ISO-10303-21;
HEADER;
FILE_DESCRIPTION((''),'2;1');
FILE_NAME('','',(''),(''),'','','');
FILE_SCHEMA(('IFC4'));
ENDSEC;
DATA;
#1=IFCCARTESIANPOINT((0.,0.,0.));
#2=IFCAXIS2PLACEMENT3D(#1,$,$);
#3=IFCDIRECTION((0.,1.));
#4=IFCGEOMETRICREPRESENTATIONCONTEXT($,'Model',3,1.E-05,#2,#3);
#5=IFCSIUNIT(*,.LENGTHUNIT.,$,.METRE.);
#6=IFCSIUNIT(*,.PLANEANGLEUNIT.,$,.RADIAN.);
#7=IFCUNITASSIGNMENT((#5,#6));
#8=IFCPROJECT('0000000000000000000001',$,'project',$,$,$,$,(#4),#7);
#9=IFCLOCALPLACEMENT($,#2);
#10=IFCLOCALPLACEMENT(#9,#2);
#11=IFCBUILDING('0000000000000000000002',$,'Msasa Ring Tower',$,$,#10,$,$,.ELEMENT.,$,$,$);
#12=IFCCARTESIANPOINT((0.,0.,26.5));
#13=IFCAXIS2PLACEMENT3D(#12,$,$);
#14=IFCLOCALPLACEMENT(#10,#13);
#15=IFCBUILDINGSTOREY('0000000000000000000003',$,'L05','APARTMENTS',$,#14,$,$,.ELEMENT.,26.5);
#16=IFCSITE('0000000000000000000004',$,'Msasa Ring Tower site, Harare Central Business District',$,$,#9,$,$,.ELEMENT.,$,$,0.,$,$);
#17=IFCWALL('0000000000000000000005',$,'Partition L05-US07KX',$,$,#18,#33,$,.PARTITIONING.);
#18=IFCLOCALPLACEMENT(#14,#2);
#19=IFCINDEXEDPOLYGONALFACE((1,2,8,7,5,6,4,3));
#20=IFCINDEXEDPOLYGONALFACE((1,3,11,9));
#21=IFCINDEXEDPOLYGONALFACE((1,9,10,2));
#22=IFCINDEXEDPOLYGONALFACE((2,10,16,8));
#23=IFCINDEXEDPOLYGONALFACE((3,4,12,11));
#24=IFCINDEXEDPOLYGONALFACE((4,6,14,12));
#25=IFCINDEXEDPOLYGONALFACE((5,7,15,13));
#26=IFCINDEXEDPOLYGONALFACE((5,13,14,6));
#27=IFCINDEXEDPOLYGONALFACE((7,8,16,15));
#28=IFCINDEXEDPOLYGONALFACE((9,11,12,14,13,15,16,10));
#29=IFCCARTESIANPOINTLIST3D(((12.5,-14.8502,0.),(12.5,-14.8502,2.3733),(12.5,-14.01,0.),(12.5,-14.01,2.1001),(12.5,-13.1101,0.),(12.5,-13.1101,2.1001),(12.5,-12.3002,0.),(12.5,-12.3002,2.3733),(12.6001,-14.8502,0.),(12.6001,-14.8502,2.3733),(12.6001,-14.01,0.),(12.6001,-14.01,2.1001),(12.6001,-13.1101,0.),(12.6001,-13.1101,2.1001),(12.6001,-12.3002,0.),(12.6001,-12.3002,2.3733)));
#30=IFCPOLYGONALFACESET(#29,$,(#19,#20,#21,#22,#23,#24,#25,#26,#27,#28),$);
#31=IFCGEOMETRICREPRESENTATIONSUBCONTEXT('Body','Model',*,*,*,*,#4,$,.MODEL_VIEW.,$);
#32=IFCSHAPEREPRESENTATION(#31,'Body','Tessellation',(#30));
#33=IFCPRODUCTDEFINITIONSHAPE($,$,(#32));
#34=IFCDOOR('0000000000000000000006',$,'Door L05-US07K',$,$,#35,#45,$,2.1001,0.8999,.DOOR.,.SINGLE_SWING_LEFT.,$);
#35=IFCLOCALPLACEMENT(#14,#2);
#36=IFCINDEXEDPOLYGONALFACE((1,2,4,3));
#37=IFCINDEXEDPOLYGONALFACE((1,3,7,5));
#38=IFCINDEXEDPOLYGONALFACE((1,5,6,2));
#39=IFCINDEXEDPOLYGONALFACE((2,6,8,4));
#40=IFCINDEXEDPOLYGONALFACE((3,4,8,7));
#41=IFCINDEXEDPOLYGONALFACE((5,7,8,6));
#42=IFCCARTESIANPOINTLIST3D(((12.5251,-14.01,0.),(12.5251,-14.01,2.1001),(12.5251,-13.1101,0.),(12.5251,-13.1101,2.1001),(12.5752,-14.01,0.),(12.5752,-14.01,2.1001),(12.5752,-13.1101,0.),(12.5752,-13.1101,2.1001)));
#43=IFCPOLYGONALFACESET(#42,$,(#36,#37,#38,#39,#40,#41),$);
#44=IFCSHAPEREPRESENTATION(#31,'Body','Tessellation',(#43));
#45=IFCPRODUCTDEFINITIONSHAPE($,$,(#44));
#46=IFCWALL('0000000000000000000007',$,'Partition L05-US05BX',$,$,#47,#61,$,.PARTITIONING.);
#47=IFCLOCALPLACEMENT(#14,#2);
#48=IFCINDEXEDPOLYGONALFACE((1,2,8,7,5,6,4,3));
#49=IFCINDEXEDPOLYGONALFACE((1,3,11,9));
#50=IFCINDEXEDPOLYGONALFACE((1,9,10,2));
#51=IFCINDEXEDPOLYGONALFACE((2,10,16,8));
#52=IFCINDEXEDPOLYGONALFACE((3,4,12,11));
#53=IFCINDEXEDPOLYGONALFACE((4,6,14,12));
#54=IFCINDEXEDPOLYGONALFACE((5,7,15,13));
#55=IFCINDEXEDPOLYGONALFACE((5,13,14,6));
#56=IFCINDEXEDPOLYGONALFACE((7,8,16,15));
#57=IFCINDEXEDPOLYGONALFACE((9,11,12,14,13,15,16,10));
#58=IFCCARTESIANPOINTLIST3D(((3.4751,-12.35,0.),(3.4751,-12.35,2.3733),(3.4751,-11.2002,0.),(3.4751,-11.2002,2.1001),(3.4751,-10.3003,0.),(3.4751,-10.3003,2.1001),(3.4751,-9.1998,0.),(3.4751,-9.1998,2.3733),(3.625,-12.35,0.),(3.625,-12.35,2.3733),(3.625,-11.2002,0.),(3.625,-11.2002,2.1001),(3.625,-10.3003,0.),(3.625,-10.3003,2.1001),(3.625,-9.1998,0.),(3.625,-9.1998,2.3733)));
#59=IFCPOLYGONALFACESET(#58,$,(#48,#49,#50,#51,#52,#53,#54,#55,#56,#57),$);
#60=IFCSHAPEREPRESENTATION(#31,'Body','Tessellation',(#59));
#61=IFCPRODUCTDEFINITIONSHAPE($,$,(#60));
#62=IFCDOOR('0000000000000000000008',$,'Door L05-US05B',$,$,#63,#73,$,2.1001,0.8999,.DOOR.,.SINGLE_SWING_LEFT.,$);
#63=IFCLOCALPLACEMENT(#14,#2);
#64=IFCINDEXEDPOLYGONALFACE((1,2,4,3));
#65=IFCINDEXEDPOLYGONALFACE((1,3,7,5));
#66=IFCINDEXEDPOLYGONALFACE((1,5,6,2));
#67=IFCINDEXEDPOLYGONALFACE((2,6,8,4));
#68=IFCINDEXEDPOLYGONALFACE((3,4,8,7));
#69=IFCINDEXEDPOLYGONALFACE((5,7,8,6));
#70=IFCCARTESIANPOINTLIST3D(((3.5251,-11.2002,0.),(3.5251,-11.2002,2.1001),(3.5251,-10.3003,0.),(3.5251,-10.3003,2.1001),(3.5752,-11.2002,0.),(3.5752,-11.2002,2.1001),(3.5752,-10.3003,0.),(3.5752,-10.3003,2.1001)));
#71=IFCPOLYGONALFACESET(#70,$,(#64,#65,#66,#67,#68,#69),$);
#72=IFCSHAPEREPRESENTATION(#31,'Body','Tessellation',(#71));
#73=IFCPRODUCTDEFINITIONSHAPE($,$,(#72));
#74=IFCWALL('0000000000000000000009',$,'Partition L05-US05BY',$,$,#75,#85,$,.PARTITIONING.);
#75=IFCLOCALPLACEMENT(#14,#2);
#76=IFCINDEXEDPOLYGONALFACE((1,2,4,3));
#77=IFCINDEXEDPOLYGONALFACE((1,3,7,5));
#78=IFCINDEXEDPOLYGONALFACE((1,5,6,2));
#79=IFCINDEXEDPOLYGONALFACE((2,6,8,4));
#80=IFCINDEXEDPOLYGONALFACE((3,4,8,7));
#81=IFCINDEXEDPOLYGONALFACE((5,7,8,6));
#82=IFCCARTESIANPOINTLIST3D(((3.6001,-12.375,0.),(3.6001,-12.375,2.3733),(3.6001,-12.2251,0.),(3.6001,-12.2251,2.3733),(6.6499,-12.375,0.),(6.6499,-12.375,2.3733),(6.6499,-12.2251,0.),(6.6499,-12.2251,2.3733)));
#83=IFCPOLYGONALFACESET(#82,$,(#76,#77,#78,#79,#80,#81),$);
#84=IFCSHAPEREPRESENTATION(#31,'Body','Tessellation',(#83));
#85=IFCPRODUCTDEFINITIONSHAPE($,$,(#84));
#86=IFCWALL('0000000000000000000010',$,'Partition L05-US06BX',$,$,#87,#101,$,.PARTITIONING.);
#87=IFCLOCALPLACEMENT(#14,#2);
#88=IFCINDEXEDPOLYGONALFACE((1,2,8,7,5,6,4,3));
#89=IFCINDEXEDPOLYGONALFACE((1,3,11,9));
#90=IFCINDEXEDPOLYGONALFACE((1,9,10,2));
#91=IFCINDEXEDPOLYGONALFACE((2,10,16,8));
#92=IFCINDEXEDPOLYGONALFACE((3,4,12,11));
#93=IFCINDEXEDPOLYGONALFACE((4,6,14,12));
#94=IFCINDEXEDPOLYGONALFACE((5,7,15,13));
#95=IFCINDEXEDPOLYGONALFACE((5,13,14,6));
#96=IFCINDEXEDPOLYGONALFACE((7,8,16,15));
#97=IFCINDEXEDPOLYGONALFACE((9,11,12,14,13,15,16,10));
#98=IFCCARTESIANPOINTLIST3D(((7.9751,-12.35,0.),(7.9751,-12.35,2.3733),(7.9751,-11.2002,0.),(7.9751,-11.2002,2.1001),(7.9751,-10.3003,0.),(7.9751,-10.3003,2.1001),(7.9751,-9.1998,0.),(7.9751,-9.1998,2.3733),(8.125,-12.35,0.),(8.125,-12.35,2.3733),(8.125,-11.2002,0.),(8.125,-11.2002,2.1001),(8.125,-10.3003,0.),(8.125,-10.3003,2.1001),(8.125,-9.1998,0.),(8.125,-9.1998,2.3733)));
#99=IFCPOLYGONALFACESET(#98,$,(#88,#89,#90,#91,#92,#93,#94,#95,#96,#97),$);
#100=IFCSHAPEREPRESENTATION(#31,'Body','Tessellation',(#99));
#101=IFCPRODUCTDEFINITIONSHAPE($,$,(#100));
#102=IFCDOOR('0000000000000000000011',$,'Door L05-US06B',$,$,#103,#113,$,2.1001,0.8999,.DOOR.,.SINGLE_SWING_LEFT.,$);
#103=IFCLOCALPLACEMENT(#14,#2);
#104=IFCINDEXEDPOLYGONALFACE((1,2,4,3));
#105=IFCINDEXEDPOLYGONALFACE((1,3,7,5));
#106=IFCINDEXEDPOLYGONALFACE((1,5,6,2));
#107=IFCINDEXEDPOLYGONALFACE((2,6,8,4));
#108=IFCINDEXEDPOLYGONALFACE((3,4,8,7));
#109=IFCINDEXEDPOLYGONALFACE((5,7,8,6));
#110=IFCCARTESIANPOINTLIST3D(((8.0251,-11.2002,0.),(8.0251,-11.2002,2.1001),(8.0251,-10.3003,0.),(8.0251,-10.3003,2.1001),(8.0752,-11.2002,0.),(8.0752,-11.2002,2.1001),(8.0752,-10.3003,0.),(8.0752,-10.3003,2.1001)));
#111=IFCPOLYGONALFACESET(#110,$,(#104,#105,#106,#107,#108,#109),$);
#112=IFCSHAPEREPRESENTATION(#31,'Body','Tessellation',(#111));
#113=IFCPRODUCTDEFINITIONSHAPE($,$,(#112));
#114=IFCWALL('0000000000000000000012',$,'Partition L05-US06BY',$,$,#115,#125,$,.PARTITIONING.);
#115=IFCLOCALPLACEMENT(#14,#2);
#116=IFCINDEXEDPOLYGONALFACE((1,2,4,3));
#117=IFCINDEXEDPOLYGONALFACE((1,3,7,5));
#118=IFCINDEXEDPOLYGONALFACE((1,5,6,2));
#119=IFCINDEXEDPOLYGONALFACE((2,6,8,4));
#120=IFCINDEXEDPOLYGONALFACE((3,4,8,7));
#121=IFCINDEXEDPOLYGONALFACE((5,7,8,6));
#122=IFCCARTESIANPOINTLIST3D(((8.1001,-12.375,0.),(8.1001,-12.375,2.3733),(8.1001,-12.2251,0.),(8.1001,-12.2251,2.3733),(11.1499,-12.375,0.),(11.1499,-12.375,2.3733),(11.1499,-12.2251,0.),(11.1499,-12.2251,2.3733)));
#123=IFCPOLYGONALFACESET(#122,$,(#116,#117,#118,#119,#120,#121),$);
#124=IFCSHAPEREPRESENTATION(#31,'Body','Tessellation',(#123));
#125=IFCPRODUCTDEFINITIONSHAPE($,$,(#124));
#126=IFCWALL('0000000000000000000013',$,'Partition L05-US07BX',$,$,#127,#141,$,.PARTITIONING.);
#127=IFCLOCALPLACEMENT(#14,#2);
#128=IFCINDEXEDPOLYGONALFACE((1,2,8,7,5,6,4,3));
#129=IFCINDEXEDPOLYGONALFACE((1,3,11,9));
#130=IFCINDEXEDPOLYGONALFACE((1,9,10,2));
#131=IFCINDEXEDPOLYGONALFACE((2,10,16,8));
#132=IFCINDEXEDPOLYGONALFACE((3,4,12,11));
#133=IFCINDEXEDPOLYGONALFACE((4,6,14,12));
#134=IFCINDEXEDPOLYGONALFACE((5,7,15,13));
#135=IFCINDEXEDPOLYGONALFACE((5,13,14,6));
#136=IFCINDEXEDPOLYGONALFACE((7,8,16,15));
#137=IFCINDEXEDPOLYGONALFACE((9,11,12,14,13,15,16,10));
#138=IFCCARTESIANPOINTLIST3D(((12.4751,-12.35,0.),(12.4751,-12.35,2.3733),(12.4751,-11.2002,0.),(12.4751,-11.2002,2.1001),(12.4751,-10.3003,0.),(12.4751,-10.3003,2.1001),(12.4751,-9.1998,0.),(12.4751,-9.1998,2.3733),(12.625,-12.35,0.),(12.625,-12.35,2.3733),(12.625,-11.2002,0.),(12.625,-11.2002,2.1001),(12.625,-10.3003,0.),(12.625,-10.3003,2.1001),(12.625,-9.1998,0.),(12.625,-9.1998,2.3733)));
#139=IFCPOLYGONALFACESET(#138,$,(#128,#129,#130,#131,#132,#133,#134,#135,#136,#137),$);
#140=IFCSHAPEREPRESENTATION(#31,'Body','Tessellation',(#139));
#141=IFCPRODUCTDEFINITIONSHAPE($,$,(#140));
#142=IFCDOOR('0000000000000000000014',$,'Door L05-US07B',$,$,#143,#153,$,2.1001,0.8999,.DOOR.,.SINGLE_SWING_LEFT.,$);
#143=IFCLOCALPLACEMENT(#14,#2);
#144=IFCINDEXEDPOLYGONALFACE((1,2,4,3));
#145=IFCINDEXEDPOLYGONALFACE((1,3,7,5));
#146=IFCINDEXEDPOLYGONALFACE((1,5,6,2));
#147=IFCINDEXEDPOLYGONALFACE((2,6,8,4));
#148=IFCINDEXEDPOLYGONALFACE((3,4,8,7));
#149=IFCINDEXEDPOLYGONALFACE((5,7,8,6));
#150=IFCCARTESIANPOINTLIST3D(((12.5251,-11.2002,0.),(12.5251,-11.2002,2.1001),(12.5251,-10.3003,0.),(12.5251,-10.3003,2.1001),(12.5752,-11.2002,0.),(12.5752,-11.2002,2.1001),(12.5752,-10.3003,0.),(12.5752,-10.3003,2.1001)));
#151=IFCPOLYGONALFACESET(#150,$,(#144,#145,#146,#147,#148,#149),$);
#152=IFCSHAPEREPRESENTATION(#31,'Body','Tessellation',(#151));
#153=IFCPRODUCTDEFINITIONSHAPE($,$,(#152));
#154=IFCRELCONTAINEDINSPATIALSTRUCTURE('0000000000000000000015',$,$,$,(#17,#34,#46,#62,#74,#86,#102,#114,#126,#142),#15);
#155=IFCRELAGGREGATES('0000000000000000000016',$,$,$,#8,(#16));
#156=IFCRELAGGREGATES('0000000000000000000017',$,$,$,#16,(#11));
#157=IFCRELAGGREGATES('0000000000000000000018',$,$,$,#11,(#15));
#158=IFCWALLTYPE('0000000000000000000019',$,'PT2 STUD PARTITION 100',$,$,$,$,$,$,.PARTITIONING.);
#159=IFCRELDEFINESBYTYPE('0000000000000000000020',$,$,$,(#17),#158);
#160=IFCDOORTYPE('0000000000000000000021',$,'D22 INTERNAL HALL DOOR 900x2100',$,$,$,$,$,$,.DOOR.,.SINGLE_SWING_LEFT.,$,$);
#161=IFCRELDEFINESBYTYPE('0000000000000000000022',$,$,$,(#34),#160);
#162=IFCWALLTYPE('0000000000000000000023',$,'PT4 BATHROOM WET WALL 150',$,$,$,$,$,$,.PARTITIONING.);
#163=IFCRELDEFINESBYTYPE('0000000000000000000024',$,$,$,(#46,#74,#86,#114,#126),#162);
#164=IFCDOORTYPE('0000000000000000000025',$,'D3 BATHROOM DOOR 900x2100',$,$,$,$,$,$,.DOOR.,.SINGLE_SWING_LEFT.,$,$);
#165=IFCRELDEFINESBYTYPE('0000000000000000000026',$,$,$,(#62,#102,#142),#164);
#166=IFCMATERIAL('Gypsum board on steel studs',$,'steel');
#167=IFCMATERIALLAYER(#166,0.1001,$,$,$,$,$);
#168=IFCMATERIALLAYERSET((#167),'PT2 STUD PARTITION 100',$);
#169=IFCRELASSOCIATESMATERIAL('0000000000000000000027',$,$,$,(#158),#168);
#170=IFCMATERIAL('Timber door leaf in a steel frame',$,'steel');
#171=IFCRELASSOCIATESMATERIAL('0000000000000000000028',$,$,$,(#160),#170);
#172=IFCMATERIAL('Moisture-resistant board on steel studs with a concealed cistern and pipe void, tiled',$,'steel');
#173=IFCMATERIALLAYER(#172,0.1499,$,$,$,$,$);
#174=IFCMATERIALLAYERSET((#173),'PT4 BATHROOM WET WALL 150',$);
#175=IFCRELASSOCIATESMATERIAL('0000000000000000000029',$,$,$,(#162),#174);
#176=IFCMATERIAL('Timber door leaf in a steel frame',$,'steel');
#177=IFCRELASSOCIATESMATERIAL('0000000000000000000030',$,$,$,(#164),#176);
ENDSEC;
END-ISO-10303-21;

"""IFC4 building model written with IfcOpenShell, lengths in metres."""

from ifc_helpers import new_model, si_unit, direction, frame, frame_2d, origin, place, context, subcontext, project, spatial, rectangle, extrude, material, layer, layer_set, type_object, element, fill, save


model = new_model("IFC4")

# Units and contexts
model_context = context("Model", 3, precision=1e-05, world=origin(), true_north=direction((0.0, 1.0)))
body_context = subcontext(model_context, "Body", "Model", "MODEL_VIEW")
ifc_project = project(units=[si_unit("LENGTHUNIT", "METRE"), si_unit("PLANEANGLEUNIT", "RADIAN")], contexts=[model_context])

# Site, building, storey
site_placement = place(None, origin())
site = spatial("IfcSite", under=ifc_project, at=site_placement, Name="Msasa Ring Tower site, Harare Central Business District", CompositionType="ELEMENT", RefElevation=0.0)
building_placement = place(site_placement, origin())
building = spatial("IfcBuilding", under=site, at=building_placement, Name="Msasa Ring Tower", CompositionType="ELEMENT")
storey_placement = place(building_placement, frame((0.0, 0.0, 26.5)))
storey = spatial("IfcBuildingStorey", under=building, at=storey_placement, Name="L05", Description="APARTMENTS", CompositionType="ELEMENT", Elevation=26.5)

# Shared definitions
ifc_material_1 = material(Name="Gypsum board on steel studs", Category="steel")
ifc_layer_1 = layer(ifc_material_1, 0.1001)
ifc_layer_set_1 = layer_set([ifc_layer_1], Name="PT2 STUD PARTITION 100")
wall_type_1 = type_object("IfcWallType", Name="PT2 STUD PARTITION 100", PredefinedType="PARTITIONING", material=ifc_layer_set_1)

# Shared definitions
ifc_material_2 = material(Name="Timber door leaf in a steel frame", Category="steel")
door_type_1 = type_object("IfcDoorType", Name="D22 INTERNAL HALL DOOR 900x2100", OperationType="SINGLE_SWING_LEFT", PredefinedType="DOOR", material=ifc_material_2)

# Walls, openings, doors
wall_1_placement = place(storey_placement, frame((12.55, -14.8501, 0.0), z_axis=(0.0, 0.0, 1.0), x_axis=(0.0, 1.0, 0.0)))
wall_1 = element("IfcWall", 1, at=wall_1_placement, inside=storey, type_object=wall_type_1, Name="Partition L05-US07KX", PredefinedType="PARTITIONING", context=body_context, shape_type="SweptSolid", body=[
    extrude(rectangle(XDim=2.55, YDim=0.1001, at=frame_2d((1.2749, 0.0))), origin(), (0.0, 0.0, 1.0), 2.3733),
])
opening_1_placement = place(wall_1_placement, frame((0.8401, 0.0, 0.0)))
opening_1 = element("IfcOpeningElement", 2, at=opening_1_placement, cuts=wall_1, PredefinedType="OPENING", context=body_context, shape_type="SweptSolid", body=[
    extrude(rectangle(XDim=0.8999, YDim=2.1001, at=frame_2d((0.45, 1.05))), frame((0.0, 0.0601, 0.0), z_axis=(0.0, -1.0, 0.0), x_axis=(1.0, 0.0, 0.0)), (0.0, 0.0, 1.0), 0.1201),
])
door_1_placement = place(opening_1_placement, origin())
door_1 = element("IfcDoor", 3, at=door_1_placement, inside=storey, type_object=door_type_1, Name="Door L05-US07K", OperationType="SINGLE_SWING_LEFT", OverallHeight=2.1001, OverallWidth=0.8999, PredefinedType="DOOR", context=body_context, shape_type="SweptSolid", body=[
    extrude(rectangle(XDim=0.8999, YDim=2.1001, at=frame_2d((0.45, 1.05))), frame((0.0, 0.0249, 0.0), z_axis=(0.0, -1.0, 0.0), x_axis=(1.0, 0.0, 0.0)), (0.0, 0.0, 1.0), 0.05),
])
fill(opening_1, door_1)
ifc_material_3 = material(Name="Moisture-resistant board on steel studs with a concealed cistern and pipe void, tiled", Category="steel")
ifc_layer_2 = layer(ifc_material_3, 0.1499)
ifc_layer_set_2 = layer_set([ifc_layer_2], Name="PT4 BATHROOM WET WALL 150")
wall_type_2 = type_object("IfcWallType", Name="PT4 BATHROOM WET WALL 150", PredefinedType="PARTITIONING", material=ifc_layer_set_2)
wall_2_placement = place(storey_placement, frame((3.55, -12.3501, 0.0), z_axis=(0.0, 0.0, 1.0), x_axis=(0.0, 1.0, 0.0)))
wall_2 = element("IfcWall", 4, at=wall_2_placement, inside=storey, type_object=wall_type_2, Name="Partition L05-US05BX", PredefinedType="PARTITIONING", context=body_context, shape_type="SweptSolid", body=[
    extrude(rectangle(XDim=3.1501, YDim=0.1499, at=frame_2d((1.5752, 0.0))), origin(), (0.0, 0.0, 1.0), 2.3733),
])
opening_2_placement = place(wall_2_placement, frame((1.1499, 0.0, 0.0)))
opening_2 = element("IfcOpeningElement", 5, at=opening_2_placement, cuts=wall_2, PredefinedType="OPENING", context=body_context, shape_type="SweptSolid", body=[
    extrude(rectangle(XDim=0.8999, YDim=2.1001, at=frame_2d((0.45, 1.05))), frame((0.0, 0.085, 0.0), z_axis=(0.0, -1.0, 0.0), x_axis=(1.0, 0.0, 0.0)), (0.0, 0.0, 1.0), 0.1699),
])
ifc_material_4 = material(Name="Timber door leaf in a steel frame", Category="steel")
door_type_2 = type_object("IfcDoorType", Name="D3 BATHROOM DOOR 900x2100", OperationType="SINGLE_SWING_LEFT", PredefinedType="DOOR", material=ifc_material_4)
door_2_placement = place(opening_2_placement, origin())
door_2 = element("IfcDoor", 6, at=door_2_placement, inside=storey, type_object=door_type_2, Name="Door L05-US05B", OperationType="SINGLE_SWING_LEFT", OverallHeight=2.1001, OverallWidth=0.8999, PredefinedType="DOOR", context=body_context, shape_type="SweptSolid", body=[
    extrude(rectangle(XDim=0.8999, YDim=2.1001, at=frame_2d((0.45, 1.05))), frame((0.0, 0.0249, 0.0), z_axis=(0.0, -1.0, 0.0), x_axis=(1.0, 0.0, 0.0)), (0.0, 0.0, 1.0), 0.05),
])
fill(opening_2, door_2)

# Wall
wall_3_placement = place(storey_placement, frame((3.6001, -12.3, 0.0), z_axis=(0.0, 0.0, 1.0), x_axis=(1.0, 0.0, 0.0)))
element("IfcWall", 7, at=wall_3_placement, inside=storey, type_object=wall_type_2, Name="Partition L05-US05BY", PredefinedType="PARTITIONING", context=body_context, shape_type="SweptSolid", body=[
    extrude(rectangle(XDim=3.0498, YDim=0.1499, at=frame_2d((1.5249, 0.0))), origin(), (0.0, 0.0, 1.0), 2.3733),
])

# Wall, opening, door
wall_4_placement = place(storey_placement, frame((8.05, -12.3501, 0.0), z_axis=(0.0, 0.0, 1.0), x_axis=(0.0, 1.0, 0.0)))
wall_4 = element("IfcWall", 8, at=wall_4_placement, inside=storey, type_object=wall_type_2, Name="Partition L05-US06BX", PredefinedType="PARTITIONING", context=body_context, shape_type="SweptSolid", body=[
    extrude(rectangle(XDim=3.1501, YDim=0.1499, at=frame_2d((1.5752, 0.0))), origin(), (0.0, 0.0, 1.0), 2.3733),
])
opening_3_placement = place(wall_4_placement, frame((1.1499, 0.0, 0.0)))
opening_3 = element("IfcOpeningElement", 9, at=opening_3_placement, cuts=wall_4, PredefinedType="OPENING", context=body_context, shape_type="SweptSolid", body=[
    extrude(rectangle(XDim=0.8999, YDim=2.1001, at=frame_2d((0.45, 1.05))), frame((0.0, 0.085, 0.0), z_axis=(0.0, -1.0, 0.0), x_axis=(1.0, 0.0, 0.0)), (0.0, 0.0, 1.0), 0.1699),
])
door_3_placement = place(opening_3_placement, origin())
door_3 = element("IfcDoor", 10, at=door_3_placement, inside=storey, type_object=door_type_2, Name="Door L05-US06B", OperationType="SINGLE_SWING_LEFT", OverallHeight=2.1001, OverallWidth=0.8999, PredefinedType="DOOR", context=body_context, shape_type="SweptSolid", body=[
    extrude(rectangle(XDim=0.8999, YDim=2.1001, at=frame_2d((0.45, 1.05))), frame((0.0, 0.0249, 0.0), z_axis=(0.0, -1.0, 0.0), x_axis=(1.0, 0.0, 0.0)), (0.0, 0.0, 1.0), 0.05),
])
fill(opening_3, door_3)

# Wall
wall_5_placement = place(storey_placement, frame((8.1001, -12.3, 0.0), z_axis=(0.0, 0.0, 1.0), x_axis=(1.0, 0.0, 0.0)))
element("IfcWall", 11, at=wall_5_placement, inside=storey, type_object=wall_type_2, Name="Partition L05-US06BY", PredefinedType="PARTITIONING", context=body_context, shape_type="SweptSolid", body=[
    extrude(rectangle(XDim=3.0498, YDim=0.1499, at=frame_2d((1.5249, 0.0))), origin(), (0.0, 0.0, 1.0), 2.3733),
])

# Wall, opening, door
wall_6_placement = place(storey_placement, frame((12.55, -12.3501, 0.0), z_axis=(0.0, 0.0, 1.0), x_axis=(0.0, 1.0, 0.0)))
wall_6 = element("IfcWall", 12, at=wall_6_placement, inside=storey, type_object=wall_type_2, Name="Partition L05-US07BX", PredefinedType="PARTITIONING", context=body_context, shape_type="SweptSolid", body=[
    extrude(rectangle(XDim=3.1501, YDim=0.1499, at=frame_2d((1.5752, 0.0))), origin(), (0.0, 0.0, 1.0), 2.3733),
])
opening_4_placement = place(wall_6_placement, frame((1.1499, 0.0, 0.0)))
opening_4 = element("IfcOpeningElement", 13, at=opening_4_placement, cuts=wall_6, PredefinedType="OPENING", context=body_context, shape_type="SweptSolid", body=[
    extrude(rectangle(XDim=0.8999, YDim=2.1001, at=frame_2d((0.45, 1.05))), frame((0.0, 0.085, 0.0), z_axis=(0.0, -1.0, 0.0), x_axis=(1.0, 0.0, 0.0)), (0.0, 0.0, 1.0), 0.1699),
])
door_4_placement = place(opening_4_placement, origin())
door_4 = element("IfcDoor", 14, at=door_4_placement, inside=storey, type_object=door_type_2, Name="Door L05-US07B", OperationType="SINGLE_SWING_LEFT", OverallHeight=2.1001, OverallWidth=0.8999, PredefinedType="DOOR", context=body_context, shape_type="SweptSolid", body=[
    extrude(rectangle(XDim=0.8999, YDim=2.1001, at=frame_2d((0.45, 1.05))), frame((0.0, 0.0249, 0.0), z_axis=(0.0, -1.0, 0.0), x_axis=(1.0, 0.0, 0.0)), (0.0, 0.0, 1.0), 0.05),
])
fill(opening_4, door_4)

save(model, "model.ifc")
